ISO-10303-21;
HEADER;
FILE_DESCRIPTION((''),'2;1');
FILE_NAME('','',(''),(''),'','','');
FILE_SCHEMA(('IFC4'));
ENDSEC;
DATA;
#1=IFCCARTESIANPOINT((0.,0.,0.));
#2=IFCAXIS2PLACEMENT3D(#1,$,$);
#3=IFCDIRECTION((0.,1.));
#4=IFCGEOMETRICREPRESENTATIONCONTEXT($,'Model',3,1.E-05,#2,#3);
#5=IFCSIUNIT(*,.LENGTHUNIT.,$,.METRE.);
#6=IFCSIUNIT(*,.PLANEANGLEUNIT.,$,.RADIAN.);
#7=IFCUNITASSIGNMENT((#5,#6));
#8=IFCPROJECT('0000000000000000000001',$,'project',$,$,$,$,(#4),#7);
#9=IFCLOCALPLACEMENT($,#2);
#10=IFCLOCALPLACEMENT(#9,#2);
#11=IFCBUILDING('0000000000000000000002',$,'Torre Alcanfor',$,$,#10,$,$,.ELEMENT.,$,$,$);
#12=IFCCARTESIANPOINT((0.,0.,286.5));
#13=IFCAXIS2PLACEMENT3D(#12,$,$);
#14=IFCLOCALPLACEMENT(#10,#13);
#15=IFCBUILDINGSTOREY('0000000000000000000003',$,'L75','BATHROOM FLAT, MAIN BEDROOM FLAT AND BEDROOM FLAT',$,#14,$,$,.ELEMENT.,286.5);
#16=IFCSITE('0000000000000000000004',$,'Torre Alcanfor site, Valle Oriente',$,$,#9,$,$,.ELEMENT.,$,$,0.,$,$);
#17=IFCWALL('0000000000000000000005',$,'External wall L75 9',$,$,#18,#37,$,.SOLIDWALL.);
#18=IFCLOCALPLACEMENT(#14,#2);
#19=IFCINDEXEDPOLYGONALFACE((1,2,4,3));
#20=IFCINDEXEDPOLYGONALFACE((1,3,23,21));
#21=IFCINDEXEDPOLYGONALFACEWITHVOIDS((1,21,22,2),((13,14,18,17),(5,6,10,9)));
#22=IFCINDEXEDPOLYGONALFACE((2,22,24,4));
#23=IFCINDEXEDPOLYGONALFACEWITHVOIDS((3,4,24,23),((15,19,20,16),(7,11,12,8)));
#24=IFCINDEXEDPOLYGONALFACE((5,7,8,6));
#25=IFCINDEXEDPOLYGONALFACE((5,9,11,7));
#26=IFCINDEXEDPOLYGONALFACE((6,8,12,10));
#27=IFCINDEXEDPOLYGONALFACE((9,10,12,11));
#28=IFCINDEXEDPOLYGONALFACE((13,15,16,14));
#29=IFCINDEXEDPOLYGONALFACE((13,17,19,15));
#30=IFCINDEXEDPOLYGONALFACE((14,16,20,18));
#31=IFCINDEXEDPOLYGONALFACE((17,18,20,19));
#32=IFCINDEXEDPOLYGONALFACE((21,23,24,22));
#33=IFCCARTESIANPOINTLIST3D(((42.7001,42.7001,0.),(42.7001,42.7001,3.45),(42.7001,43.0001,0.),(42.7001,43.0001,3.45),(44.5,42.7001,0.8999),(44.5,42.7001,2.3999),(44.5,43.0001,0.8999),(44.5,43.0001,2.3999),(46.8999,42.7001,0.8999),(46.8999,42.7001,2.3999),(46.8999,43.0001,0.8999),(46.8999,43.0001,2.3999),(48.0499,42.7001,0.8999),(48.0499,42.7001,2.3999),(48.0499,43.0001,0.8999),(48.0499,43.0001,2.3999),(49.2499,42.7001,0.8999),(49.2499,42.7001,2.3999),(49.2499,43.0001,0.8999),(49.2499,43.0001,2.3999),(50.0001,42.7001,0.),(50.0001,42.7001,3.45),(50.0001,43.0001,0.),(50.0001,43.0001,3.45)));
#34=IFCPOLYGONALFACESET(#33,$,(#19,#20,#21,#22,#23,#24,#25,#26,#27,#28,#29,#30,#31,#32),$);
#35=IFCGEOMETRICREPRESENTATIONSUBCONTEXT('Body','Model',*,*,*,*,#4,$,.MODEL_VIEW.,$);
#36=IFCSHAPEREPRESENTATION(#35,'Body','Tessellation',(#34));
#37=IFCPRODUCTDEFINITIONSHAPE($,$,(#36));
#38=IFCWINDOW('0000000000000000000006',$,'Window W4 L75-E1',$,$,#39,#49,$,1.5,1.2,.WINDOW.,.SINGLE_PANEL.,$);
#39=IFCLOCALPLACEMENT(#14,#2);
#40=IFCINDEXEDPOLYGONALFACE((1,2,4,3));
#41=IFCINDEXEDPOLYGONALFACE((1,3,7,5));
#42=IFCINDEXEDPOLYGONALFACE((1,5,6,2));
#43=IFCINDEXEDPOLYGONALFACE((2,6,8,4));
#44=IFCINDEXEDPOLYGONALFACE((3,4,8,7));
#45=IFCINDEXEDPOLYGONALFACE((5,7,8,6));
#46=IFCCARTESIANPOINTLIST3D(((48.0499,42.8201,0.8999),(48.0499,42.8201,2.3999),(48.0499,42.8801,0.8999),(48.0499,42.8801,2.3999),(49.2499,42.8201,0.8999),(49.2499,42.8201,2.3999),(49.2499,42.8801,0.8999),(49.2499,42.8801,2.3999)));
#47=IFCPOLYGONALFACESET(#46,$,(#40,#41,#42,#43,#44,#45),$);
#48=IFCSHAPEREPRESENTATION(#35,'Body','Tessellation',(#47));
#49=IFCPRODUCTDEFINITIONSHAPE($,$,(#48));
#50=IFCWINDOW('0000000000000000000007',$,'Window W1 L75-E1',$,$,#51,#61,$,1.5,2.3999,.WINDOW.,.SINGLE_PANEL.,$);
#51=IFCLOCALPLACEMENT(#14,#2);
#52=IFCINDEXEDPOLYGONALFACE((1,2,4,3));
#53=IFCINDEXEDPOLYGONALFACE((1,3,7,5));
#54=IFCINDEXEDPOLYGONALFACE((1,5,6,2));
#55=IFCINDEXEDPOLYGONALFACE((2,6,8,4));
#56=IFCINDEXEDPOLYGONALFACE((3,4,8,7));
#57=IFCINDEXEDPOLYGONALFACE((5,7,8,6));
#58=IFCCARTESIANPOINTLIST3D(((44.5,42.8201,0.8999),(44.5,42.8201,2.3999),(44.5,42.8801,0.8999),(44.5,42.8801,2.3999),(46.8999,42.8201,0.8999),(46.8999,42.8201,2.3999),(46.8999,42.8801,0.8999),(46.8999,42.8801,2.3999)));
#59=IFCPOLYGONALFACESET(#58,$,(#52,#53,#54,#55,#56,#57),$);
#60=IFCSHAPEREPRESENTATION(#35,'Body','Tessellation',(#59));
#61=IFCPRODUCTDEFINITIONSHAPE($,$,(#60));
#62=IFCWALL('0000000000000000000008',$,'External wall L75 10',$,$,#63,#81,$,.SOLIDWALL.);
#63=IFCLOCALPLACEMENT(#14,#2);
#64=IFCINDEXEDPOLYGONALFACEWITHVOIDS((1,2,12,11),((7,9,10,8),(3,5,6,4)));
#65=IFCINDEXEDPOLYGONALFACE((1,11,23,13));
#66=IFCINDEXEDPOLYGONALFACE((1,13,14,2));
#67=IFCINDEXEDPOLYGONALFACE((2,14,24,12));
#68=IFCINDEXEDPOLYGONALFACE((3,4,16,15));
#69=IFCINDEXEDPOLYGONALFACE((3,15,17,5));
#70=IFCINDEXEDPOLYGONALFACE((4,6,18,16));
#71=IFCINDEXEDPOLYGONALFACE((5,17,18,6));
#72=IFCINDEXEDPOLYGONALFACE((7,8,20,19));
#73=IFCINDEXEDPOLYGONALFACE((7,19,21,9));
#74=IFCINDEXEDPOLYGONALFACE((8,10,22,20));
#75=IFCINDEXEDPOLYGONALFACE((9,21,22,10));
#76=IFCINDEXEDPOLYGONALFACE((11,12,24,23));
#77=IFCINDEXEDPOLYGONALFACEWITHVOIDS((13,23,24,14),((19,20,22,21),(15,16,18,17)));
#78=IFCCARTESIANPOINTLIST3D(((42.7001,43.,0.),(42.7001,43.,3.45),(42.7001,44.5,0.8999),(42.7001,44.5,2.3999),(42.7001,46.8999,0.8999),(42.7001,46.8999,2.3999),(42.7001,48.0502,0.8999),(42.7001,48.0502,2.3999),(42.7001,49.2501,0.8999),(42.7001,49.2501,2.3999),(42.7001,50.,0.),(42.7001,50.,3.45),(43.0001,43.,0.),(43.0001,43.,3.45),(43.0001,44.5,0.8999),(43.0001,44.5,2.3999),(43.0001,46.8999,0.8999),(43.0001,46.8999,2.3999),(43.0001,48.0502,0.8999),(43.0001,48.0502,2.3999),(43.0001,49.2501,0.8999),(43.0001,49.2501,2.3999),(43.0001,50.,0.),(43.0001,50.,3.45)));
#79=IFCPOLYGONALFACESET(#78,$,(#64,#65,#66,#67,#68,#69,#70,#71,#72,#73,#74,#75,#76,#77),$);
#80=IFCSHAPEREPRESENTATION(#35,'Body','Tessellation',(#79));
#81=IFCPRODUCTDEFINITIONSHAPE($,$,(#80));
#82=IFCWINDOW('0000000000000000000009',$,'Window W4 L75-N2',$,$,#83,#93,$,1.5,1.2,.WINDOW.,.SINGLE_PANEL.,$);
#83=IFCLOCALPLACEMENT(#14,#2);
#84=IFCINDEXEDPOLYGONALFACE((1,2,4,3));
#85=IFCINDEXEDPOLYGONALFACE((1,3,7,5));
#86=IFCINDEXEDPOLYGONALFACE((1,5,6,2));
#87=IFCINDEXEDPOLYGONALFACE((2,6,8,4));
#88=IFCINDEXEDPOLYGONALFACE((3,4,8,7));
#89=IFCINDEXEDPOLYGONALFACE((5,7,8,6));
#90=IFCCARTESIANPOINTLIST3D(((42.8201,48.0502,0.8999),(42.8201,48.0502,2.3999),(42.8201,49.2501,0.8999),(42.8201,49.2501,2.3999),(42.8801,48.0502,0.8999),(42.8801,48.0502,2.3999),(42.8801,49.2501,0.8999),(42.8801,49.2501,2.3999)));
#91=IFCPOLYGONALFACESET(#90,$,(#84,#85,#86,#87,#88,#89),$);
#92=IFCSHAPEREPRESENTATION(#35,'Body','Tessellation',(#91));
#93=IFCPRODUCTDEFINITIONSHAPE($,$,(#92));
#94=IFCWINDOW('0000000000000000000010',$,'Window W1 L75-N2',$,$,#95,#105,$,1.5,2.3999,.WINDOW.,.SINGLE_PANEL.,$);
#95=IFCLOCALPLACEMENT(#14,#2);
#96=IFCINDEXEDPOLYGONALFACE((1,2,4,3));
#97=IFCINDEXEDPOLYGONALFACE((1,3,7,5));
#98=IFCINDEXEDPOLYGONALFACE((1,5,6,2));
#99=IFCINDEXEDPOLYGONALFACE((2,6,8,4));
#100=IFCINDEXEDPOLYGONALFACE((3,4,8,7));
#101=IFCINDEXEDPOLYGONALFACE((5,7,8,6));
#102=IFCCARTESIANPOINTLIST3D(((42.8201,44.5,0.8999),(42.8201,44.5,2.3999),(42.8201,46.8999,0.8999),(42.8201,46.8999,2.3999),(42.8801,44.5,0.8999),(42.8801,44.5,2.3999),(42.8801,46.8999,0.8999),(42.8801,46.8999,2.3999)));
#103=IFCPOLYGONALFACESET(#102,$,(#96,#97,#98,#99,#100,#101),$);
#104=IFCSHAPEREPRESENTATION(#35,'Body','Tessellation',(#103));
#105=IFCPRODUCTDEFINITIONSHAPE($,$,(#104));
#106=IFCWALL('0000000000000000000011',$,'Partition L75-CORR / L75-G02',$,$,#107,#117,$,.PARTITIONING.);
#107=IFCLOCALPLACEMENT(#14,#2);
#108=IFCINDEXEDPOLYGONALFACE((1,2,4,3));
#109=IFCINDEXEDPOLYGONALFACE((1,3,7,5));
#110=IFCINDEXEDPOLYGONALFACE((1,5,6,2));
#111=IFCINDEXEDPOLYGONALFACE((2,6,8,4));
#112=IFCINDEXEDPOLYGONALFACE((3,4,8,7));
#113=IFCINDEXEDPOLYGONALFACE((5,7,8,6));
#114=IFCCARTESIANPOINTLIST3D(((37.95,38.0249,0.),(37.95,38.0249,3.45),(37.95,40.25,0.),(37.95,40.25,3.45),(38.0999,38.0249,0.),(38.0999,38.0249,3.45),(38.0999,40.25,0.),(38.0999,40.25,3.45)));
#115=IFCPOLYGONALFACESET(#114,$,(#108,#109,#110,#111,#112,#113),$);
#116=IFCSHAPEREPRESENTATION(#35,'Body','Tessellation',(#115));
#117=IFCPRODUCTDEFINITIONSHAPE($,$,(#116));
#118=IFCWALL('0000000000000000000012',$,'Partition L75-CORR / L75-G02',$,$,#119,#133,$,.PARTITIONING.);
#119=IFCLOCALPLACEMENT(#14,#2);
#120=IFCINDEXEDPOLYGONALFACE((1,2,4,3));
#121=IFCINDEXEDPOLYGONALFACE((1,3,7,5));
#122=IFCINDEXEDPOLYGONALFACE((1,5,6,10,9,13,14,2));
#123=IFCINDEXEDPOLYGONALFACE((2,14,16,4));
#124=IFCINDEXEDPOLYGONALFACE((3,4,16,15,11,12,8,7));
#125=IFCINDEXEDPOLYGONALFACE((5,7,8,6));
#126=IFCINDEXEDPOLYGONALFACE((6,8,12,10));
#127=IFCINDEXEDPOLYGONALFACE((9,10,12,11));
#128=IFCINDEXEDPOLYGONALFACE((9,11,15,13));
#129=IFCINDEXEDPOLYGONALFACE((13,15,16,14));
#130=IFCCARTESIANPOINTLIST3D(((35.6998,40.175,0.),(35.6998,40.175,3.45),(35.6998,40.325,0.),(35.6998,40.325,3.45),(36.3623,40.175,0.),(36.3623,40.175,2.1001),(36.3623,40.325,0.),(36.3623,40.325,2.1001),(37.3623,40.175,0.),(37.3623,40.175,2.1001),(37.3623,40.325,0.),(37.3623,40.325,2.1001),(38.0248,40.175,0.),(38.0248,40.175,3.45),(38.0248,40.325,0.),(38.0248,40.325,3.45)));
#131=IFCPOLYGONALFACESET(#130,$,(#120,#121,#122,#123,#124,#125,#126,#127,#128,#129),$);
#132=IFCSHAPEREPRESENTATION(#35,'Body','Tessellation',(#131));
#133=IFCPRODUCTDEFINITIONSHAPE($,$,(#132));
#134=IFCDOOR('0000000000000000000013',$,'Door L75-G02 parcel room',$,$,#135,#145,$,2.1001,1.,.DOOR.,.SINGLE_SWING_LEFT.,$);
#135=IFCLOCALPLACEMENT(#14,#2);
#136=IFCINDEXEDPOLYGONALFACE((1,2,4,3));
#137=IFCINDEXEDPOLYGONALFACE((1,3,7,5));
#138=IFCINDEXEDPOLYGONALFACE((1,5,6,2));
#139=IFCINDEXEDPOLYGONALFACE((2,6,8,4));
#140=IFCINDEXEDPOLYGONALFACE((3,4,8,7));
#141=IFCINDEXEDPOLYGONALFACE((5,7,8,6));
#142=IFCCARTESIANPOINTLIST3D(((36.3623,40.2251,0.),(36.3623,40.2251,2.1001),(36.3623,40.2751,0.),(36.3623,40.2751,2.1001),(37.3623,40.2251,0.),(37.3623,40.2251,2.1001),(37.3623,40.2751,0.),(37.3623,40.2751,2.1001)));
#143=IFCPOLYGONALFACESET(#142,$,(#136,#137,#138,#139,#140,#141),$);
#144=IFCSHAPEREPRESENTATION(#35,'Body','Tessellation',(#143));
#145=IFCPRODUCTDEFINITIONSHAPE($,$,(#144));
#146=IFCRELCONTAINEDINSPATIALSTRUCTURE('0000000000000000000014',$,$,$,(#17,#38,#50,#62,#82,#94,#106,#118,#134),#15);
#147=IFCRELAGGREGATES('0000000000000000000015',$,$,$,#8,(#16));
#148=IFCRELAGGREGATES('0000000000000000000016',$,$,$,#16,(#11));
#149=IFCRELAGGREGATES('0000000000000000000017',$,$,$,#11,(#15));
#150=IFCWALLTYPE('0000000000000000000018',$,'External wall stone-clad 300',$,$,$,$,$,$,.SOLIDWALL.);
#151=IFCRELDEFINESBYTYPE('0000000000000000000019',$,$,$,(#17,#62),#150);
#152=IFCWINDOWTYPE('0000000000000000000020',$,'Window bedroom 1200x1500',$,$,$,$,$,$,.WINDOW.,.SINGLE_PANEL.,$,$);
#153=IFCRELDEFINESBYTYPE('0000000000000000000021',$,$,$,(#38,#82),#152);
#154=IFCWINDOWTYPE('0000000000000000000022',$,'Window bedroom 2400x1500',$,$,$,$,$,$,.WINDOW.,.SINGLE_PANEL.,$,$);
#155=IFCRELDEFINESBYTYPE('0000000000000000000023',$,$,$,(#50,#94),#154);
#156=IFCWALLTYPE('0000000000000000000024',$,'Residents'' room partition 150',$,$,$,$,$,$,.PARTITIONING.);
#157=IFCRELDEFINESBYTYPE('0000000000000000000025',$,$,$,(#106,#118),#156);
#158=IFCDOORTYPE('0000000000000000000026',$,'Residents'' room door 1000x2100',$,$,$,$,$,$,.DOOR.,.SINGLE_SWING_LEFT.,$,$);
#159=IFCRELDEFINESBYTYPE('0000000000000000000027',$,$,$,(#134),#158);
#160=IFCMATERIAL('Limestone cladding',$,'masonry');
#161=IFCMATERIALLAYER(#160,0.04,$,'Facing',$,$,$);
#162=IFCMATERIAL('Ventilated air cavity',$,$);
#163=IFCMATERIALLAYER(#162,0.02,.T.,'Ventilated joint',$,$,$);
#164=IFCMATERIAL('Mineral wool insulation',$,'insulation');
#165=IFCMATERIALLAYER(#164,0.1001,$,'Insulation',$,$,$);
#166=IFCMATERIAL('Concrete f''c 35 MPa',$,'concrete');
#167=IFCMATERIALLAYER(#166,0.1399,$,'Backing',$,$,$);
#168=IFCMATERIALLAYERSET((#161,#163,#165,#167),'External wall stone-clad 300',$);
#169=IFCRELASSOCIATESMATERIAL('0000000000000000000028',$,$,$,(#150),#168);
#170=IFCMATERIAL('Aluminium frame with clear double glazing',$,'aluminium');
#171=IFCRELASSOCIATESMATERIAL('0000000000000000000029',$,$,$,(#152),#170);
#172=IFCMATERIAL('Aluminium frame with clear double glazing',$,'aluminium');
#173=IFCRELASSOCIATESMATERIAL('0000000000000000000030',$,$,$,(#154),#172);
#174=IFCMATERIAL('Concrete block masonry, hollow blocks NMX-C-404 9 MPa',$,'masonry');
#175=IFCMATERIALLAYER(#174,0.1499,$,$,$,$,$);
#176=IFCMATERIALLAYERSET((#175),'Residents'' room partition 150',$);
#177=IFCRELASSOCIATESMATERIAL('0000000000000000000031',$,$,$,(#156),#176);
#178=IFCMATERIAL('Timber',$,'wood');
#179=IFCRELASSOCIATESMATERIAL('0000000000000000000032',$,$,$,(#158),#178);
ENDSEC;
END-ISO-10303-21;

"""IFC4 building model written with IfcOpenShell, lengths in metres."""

from ifc_helpers import new_model, si_unit, direction, frame, frame_2d, origin, place, context, subcontext, project, spatial, rectangle, extrude, material, layer, layer_set, type_object, element, fill, save


model = new_model("IFC4")

# Units and contexts
model_context = context("Model", 3, precision=1e-05, world=origin(), true_north=direction((0.0, 1.0)))
body_context = subcontext(model_context, "Body", "Model", "MODEL_VIEW")
ifc_project = project(units=[si_unit("LENGTHUNIT", "METRE"), si_unit("PLANEANGLEUNIT", "RADIAN")], contexts=[model_context])

# Site, building, storey
site_placement = place(None, origin())
site = spatial("IfcSite", under=ifc_project, at=site_placement, Name="Torre Alcanfor site, Valle Oriente", CompositionType="ELEMENT", RefElevation=0.0)
building_placement = place(site_placement, origin())
building = spatial("IfcBuilding", under=site, at=building_placement, Name="Torre Alcanfor", CompositionType="ELEMENT")
storey_placement = place(building_placement, frame((0.0, 0.0, 286.5)))
storey = spatial("IfcBuildingStorey", under=building, at=storey_placement, Name="L75", Description="BATHROOM FLAT, MAIN BEDROOM FLAT AND BEDROOM FLAT", CompositionType="ELEMENT", Elevation=286.5)

# Walls, openings, windows
ifc_material_1 = material(Name="Limestone cladding", Category="masonry")
ifc_layer_1 = layer(ifc_material_1, 0.04, Name="Facing")
ifc_material_2 = material(Name="Ventilated air cavity")
ifc_layer_2 = layer(ifc_material_2, 0.02, ventilated=True, Name="Ventilated joint")
ifc_material_3 = material(Name="Mineral wool insulation", Category="insulation")
ifc_layer_3 = layer(ifc_material_3, 0.1001, Name="Insulation")
ifc_material_4 = material(Name="Concrete f'c 35 MPa", Category="concrete")
ifc_layer_4 = layer(ifc_material_4, 0.1399, Name="Backing")
ifc_layer_set_1 = layer_set([ifc_layer_1, ifc_layer_2, ifc_layer_3, ifc_layer_4], Name="External wall stone-clad 300")
wall_type_1 = type_object("IfcWallType", Name="External wall stone-clad 300", PredefinedType="SOLIDWALL", material=ifc_layer_set_1)
wall_1_placement = place(storey_placement, frame((50.0, 42.8501, 0.0), z_axis=(0.0, 0.0, 1.0), x_axis=(-1.0, 0.0, 0.0)))
wall_1 = element("IfcWall", 1, at=wall_1_placement, inside=storey, type_object=wall_type_1, Name="External wall L75 9", PredefinedType="SOLIDWALL", context=body_context, shape_type="SweptSolid", body=[
    extrude(rectangle(XDim=7.3, YDim=0.3, at=frame_2d((3.6499, 0.0))), origin(), (0.0, 0.0, 1.0), 3.45),
])
opening_1_placement = place(wall_1_placement, frame((3.1001, 0.0, 0.8999)))
opening_1 = element("IfcOpeningElement", 2, at=opening_1_placement, cuts=wall_1, PredefinedType="OPENING", context=body_context, shape_type="SweptSolid", body=[
    extrude(rectangle(XDim=2.3999, YDim=1.5, at=frame_2d((1.2, 0.75))), frame((0.0, 0.1599, 0.0), z_axis=(0.0, -1.0, 0.0), x_axis=(1.0, 0.0, 0.0)), (0.0, 0.0, 1.0), 0.3201),
])
opening_2_placement = place(wall_1_placement, frame((0.75, 0.0, 0.8999)))
opening_2 = element("IfcOpeningElement", 3, at=opening_2_placement, cuts=wall_1, PredefinedType="OPENING", context=body_context, shape_type="SweptSolid", body=[
    extrude(rectangle(XDim=1.2, YDim=1.5, at=frame_2d((0.6001, 0.75))), frame((0.0, 0.1599, 0.0), z_axis=(0.0, -1.0, 0.0), x_axis=(1.0, 0.0, 0.0)), (0.0, 0.0, 1.0), 0.3201),
])
ifc_material_5 = material(Name="Aluminium frame with clear double glazing", Category="aluminium")
window_type_1 = type_object("IfcWindowType", Name="Window bedroom 1200x1500", PartitioningType="SINGLE_PANEL", PredefinedType="WINDOW", material=ifc_material_5)
window_1_placement = place(opening_2_placement, origin())
window_1 = element("IfcWindow", 4, at=window_1_placement, inside=storey, type_object=window_type_1, Name="Window W4 L75-E1", OverallHeight=1.5, OverallWidth=1.2, PartitioningType="SINGLE_PANEL", PredefinedType="WINDOW", context=body_context, shape_type="SweptSolid", body=[
    extrude(rectangle(XDim=1.2, YDim=1.5, at=frame_2d((0.6001, 0.75))), frame((0.0, 0.03, 0.0), z_axis=(0.0, -1.0, 0.0), x_axis=(1.0, 0.0, 0.0)), (0.0, 0.0, 1.0), 0.0601),
])
fill(opening_2, window_1)
ifc_material_6 = material(Name="Aluminium frame with clear double glazing", Category="aluminium")
window_type_2 = type_object("IfcWindowType", Name="Window bedroom 2400x1500", PartitioningType="SINGLE_PANEL", PredefinedType="WINDOW", material=ifc_material_6)
window_2_placement = place(opening_1_placement, origin())
window_2 = element("IfcWindow", 5, at=window_2_placement, inside=storey, type_object=window_type_2, Name="Window W1 L75-E1", OverallHeight=1.5, OverallWidth=2.3999, PartitioningType="SINGLE_PANEL", PredefinedType="WINDOW", context=body_context, shape_type="SweptSolid", body=[
    extrude(rectangle(XDim=2.3999, YDim=1.5, at=frame_2d((1.2, 0.75))), frame((0.0, 0.03, 0.0), z_axis=(0.0, -1.0, 0.0), x_axis=(1.0, 0.0, 0.0)), (0.0, 0.0, 1.0), 0.0601),
])
fill(opening_1, window_2)
wall_2_placement = place(storey_placement, frame((42.8501, 43.0, 0.0), z_axis=(0.0, 0.0, 1.0), x_axis=(0.0, 1.0, 0.0)))
wall_2 = element("IfcWall", 6, at=wall_2_placement, inside=storey, type_object=wall_type_1, Name="External wall L75 10", PredefinedType="SOLIDWALL", context=body_context, shape_type="SweptSolid", body=[
    extrude(rectangle(XDim=7.0, YDim=0.3, at=frame_2d((3.5, 0.0))), origin(), (0.0, 0.0, 1.0), 3.45),
])
opening_3_placement = place(wall_2_placement, frame((1.5, 0.0, 0.8999)))
opening_3 = element("IfcOpeningElement", 7, at=opening_3_placement, cuts=wall_2, PredefinedType="OPENING", context=body_context, shape_type="SweptSolid", body=[
    extrude(rectangle(XDim=2.3999, YDim=1.5, at=frame_2d((1.2, 0.75))), frame((0.0, 0.1599, 0.0), z_axis=(0.0, -1.0, 0.0), x_axis=(1.0, 0.0, 0.0)), (0.0, 0.0, 1.0), 0.3201),
])
opening_4_placement = place(wall_2_placement, frame((5.05, 0.0, 0.8999)))
opening_4 = element("IfcOpeningElement", 8, at=opening_4_placement, cuts=wall_2, PredefinedType="OPENING", context=body_context, shape_type="SweptSolid", body=[
    extrude(rectangle(XDim=1.2, YDim=1.5, at=frame_2d((0.6001, 0.75))), frame((0.0, 0.1599, 0.0), z_axis=(0.0, -1.0, 0.0), x_axis=(1.0, 0.0, 0.0)), (0.0, 0.0, 1.0), 0.3201),
])
window_3_placement = place(opening_4_placement, origin())
window_3 = element("IfcWindow", 9, at=window_3_placement, inside=storey, type_object=window_type_1, Name="Window W4 L75-N2", OverallHeight=1.5, OverallWidth=1.2, PartitioningType="SINGLE_PANEL", PredefinedType="WINDOW", context=body_context, shape_type="SweptSolid", body=[
    extrude(rectangle(XDim=1.2, YDim=1.5, at=frame_2d((0.6001, 0.75))), frame((0.0, 0.03, 0.0), z_axis=(0.0, -1.0, 0.0), x_axis=(1.0, 0.0, 0.0)), (0.0, 0.0, 1.0), 0.0601),
])
fill(opening_4, window_3)
window_4_placement = place(opening_3_placement, origin())
window_4 = element("IfcWindow", 10, at=window_4_placement, inside=storey, type_object=window_type_2, Name="Window W1 L75-N2", OverallHeight=1.5, OverallWidth=2.3999, PartitioningType="SINGLE_PANEL", PredefinedType="WINDOW", context=body_context, shape_type="SweptSolid", body=[
    extrude(rectangle(XDim=2.3999, YDim=1.5, at=frame_2d((1.2, 0.75))), frame((0.0, 0.03, 0.0), z_axis=(0.0, -1.0, 0.0), x_axis=(1.0, 0.0, 0.0)), (0.0, 0.0, 1.0), 0.0601),
])
fill(opening_3, window_4)

# Wall
ifc_material_7 = material(Name="Concrete block masonry, hollow blocks NMX-C-404 9 MPa", Category="masonry")
ifc_layer_5 = layer(ifc_material_7, 0.1499)
ifc_layer_set_2 = layer_set([ifc_layer_5], Name="Residents' room partition 150")
wall_type_2 = type_object("IfcWallType", Name="Residents' room partition 150", PredefinedType="PARTITIONING", material=ifc_layer_set_2)
wall_3_placement = place(storey_placement, frame((38.0249, 38.0249, 0.0), z_axis=(0.0, 0.0, 1.0), x_axis=(0.0, 1.0, 0.0)))
element("IfcWall", 11, at=wall_3_placement, inside=storey, type_object=wall_type_2, Name="Partition L75-CORR / L75-G02", PredefinedType="PARTITIONING", context=body_context, shape_type="SweptSolid", body=[
    extrude(rectangle(XDim=2.2251, YDim=0.1499, at=frame_2d((1.1125, 0.0))), origin(), (0.0, 0.0, 1.0), 3.45),
])

# Wall, opening, door
wall_4_placement = place(storey_placement, frame((38.0249, 40.25, 0.0), z_axis=(0.0, 0.0, 1.0), x_axis=(-1.0, 0.0, 0.0)))
wall_4 = element("IfcWall", 12, at=wall_4_placement, inside=storey, type_object=wall_type_2, Name="Partition L75-CORR / L75-G02", PredefinedType="PARTITIONING", context=body_context, shape_type="SweptSolid", body=[
    extrude(rectangle(XDim=2.325, YDim=0.1499, at=frame_2d((1.1626, 0.0))), origin(), (0.0, 0.0, 1.0), 3.45),
])
opening_5_placement = place(wall_4_placement, frame((0.6626, 0.0, 0.0)))
opening_5 = element("IfcOpeningElement", 13, at=opening_5_placement, cuts=wall_4, PredefinedType="OPENING", context=body_context, shape_type="SweptSolid", body=[
    extrude(rectangle(XDim=1.0, YDim=2.1001, at=frame_2d((0.5, 1.05))), frame((0.0, 0.085, 0.0), z_axis=(0.0, -1.0, 0.0), x_axis=(1.0, 0.0, 0.0)), (0.0, 0.0, 1.0), 0.1699),
])
ifc_material_8 = material(Name="Timber", Category="wood")
door_type_1 = type_object("IfcDoorType", Name="Residents' room door 1000x2100", OperationType="SINGLE_SWING_LEFT", PredefinedType="DOOR", material=ifc_material_8)
door_1_placement = place(opening_5_placement, origin())
door_1 = element("IfcDoor", 14, at=door_1_placement, inside=storey, type_object=door_type_1, Name="Door L75-G02 parcel room", OperationType="SINGLE_SWING_LEFT", OverallHeight=2.1001, OverallWidth=1.0, PredefinedType="DOOR", context=body_context, shape_type="SweptSolid", body=[
    extrude(rectangle(XDim=1.0, YDim=2.1001, at=frame_2d((0.5, 1.05))), frame((0.0, 0.0249, 0.0), z_axis=(0.0, -1.0, 0.0), x_axis=(1.0, 0.0, 0.0)), (0.0, 0.0, 1.0), 0.05),
])
fill(opening_5, door_1)

save(model, "model.ifc")
